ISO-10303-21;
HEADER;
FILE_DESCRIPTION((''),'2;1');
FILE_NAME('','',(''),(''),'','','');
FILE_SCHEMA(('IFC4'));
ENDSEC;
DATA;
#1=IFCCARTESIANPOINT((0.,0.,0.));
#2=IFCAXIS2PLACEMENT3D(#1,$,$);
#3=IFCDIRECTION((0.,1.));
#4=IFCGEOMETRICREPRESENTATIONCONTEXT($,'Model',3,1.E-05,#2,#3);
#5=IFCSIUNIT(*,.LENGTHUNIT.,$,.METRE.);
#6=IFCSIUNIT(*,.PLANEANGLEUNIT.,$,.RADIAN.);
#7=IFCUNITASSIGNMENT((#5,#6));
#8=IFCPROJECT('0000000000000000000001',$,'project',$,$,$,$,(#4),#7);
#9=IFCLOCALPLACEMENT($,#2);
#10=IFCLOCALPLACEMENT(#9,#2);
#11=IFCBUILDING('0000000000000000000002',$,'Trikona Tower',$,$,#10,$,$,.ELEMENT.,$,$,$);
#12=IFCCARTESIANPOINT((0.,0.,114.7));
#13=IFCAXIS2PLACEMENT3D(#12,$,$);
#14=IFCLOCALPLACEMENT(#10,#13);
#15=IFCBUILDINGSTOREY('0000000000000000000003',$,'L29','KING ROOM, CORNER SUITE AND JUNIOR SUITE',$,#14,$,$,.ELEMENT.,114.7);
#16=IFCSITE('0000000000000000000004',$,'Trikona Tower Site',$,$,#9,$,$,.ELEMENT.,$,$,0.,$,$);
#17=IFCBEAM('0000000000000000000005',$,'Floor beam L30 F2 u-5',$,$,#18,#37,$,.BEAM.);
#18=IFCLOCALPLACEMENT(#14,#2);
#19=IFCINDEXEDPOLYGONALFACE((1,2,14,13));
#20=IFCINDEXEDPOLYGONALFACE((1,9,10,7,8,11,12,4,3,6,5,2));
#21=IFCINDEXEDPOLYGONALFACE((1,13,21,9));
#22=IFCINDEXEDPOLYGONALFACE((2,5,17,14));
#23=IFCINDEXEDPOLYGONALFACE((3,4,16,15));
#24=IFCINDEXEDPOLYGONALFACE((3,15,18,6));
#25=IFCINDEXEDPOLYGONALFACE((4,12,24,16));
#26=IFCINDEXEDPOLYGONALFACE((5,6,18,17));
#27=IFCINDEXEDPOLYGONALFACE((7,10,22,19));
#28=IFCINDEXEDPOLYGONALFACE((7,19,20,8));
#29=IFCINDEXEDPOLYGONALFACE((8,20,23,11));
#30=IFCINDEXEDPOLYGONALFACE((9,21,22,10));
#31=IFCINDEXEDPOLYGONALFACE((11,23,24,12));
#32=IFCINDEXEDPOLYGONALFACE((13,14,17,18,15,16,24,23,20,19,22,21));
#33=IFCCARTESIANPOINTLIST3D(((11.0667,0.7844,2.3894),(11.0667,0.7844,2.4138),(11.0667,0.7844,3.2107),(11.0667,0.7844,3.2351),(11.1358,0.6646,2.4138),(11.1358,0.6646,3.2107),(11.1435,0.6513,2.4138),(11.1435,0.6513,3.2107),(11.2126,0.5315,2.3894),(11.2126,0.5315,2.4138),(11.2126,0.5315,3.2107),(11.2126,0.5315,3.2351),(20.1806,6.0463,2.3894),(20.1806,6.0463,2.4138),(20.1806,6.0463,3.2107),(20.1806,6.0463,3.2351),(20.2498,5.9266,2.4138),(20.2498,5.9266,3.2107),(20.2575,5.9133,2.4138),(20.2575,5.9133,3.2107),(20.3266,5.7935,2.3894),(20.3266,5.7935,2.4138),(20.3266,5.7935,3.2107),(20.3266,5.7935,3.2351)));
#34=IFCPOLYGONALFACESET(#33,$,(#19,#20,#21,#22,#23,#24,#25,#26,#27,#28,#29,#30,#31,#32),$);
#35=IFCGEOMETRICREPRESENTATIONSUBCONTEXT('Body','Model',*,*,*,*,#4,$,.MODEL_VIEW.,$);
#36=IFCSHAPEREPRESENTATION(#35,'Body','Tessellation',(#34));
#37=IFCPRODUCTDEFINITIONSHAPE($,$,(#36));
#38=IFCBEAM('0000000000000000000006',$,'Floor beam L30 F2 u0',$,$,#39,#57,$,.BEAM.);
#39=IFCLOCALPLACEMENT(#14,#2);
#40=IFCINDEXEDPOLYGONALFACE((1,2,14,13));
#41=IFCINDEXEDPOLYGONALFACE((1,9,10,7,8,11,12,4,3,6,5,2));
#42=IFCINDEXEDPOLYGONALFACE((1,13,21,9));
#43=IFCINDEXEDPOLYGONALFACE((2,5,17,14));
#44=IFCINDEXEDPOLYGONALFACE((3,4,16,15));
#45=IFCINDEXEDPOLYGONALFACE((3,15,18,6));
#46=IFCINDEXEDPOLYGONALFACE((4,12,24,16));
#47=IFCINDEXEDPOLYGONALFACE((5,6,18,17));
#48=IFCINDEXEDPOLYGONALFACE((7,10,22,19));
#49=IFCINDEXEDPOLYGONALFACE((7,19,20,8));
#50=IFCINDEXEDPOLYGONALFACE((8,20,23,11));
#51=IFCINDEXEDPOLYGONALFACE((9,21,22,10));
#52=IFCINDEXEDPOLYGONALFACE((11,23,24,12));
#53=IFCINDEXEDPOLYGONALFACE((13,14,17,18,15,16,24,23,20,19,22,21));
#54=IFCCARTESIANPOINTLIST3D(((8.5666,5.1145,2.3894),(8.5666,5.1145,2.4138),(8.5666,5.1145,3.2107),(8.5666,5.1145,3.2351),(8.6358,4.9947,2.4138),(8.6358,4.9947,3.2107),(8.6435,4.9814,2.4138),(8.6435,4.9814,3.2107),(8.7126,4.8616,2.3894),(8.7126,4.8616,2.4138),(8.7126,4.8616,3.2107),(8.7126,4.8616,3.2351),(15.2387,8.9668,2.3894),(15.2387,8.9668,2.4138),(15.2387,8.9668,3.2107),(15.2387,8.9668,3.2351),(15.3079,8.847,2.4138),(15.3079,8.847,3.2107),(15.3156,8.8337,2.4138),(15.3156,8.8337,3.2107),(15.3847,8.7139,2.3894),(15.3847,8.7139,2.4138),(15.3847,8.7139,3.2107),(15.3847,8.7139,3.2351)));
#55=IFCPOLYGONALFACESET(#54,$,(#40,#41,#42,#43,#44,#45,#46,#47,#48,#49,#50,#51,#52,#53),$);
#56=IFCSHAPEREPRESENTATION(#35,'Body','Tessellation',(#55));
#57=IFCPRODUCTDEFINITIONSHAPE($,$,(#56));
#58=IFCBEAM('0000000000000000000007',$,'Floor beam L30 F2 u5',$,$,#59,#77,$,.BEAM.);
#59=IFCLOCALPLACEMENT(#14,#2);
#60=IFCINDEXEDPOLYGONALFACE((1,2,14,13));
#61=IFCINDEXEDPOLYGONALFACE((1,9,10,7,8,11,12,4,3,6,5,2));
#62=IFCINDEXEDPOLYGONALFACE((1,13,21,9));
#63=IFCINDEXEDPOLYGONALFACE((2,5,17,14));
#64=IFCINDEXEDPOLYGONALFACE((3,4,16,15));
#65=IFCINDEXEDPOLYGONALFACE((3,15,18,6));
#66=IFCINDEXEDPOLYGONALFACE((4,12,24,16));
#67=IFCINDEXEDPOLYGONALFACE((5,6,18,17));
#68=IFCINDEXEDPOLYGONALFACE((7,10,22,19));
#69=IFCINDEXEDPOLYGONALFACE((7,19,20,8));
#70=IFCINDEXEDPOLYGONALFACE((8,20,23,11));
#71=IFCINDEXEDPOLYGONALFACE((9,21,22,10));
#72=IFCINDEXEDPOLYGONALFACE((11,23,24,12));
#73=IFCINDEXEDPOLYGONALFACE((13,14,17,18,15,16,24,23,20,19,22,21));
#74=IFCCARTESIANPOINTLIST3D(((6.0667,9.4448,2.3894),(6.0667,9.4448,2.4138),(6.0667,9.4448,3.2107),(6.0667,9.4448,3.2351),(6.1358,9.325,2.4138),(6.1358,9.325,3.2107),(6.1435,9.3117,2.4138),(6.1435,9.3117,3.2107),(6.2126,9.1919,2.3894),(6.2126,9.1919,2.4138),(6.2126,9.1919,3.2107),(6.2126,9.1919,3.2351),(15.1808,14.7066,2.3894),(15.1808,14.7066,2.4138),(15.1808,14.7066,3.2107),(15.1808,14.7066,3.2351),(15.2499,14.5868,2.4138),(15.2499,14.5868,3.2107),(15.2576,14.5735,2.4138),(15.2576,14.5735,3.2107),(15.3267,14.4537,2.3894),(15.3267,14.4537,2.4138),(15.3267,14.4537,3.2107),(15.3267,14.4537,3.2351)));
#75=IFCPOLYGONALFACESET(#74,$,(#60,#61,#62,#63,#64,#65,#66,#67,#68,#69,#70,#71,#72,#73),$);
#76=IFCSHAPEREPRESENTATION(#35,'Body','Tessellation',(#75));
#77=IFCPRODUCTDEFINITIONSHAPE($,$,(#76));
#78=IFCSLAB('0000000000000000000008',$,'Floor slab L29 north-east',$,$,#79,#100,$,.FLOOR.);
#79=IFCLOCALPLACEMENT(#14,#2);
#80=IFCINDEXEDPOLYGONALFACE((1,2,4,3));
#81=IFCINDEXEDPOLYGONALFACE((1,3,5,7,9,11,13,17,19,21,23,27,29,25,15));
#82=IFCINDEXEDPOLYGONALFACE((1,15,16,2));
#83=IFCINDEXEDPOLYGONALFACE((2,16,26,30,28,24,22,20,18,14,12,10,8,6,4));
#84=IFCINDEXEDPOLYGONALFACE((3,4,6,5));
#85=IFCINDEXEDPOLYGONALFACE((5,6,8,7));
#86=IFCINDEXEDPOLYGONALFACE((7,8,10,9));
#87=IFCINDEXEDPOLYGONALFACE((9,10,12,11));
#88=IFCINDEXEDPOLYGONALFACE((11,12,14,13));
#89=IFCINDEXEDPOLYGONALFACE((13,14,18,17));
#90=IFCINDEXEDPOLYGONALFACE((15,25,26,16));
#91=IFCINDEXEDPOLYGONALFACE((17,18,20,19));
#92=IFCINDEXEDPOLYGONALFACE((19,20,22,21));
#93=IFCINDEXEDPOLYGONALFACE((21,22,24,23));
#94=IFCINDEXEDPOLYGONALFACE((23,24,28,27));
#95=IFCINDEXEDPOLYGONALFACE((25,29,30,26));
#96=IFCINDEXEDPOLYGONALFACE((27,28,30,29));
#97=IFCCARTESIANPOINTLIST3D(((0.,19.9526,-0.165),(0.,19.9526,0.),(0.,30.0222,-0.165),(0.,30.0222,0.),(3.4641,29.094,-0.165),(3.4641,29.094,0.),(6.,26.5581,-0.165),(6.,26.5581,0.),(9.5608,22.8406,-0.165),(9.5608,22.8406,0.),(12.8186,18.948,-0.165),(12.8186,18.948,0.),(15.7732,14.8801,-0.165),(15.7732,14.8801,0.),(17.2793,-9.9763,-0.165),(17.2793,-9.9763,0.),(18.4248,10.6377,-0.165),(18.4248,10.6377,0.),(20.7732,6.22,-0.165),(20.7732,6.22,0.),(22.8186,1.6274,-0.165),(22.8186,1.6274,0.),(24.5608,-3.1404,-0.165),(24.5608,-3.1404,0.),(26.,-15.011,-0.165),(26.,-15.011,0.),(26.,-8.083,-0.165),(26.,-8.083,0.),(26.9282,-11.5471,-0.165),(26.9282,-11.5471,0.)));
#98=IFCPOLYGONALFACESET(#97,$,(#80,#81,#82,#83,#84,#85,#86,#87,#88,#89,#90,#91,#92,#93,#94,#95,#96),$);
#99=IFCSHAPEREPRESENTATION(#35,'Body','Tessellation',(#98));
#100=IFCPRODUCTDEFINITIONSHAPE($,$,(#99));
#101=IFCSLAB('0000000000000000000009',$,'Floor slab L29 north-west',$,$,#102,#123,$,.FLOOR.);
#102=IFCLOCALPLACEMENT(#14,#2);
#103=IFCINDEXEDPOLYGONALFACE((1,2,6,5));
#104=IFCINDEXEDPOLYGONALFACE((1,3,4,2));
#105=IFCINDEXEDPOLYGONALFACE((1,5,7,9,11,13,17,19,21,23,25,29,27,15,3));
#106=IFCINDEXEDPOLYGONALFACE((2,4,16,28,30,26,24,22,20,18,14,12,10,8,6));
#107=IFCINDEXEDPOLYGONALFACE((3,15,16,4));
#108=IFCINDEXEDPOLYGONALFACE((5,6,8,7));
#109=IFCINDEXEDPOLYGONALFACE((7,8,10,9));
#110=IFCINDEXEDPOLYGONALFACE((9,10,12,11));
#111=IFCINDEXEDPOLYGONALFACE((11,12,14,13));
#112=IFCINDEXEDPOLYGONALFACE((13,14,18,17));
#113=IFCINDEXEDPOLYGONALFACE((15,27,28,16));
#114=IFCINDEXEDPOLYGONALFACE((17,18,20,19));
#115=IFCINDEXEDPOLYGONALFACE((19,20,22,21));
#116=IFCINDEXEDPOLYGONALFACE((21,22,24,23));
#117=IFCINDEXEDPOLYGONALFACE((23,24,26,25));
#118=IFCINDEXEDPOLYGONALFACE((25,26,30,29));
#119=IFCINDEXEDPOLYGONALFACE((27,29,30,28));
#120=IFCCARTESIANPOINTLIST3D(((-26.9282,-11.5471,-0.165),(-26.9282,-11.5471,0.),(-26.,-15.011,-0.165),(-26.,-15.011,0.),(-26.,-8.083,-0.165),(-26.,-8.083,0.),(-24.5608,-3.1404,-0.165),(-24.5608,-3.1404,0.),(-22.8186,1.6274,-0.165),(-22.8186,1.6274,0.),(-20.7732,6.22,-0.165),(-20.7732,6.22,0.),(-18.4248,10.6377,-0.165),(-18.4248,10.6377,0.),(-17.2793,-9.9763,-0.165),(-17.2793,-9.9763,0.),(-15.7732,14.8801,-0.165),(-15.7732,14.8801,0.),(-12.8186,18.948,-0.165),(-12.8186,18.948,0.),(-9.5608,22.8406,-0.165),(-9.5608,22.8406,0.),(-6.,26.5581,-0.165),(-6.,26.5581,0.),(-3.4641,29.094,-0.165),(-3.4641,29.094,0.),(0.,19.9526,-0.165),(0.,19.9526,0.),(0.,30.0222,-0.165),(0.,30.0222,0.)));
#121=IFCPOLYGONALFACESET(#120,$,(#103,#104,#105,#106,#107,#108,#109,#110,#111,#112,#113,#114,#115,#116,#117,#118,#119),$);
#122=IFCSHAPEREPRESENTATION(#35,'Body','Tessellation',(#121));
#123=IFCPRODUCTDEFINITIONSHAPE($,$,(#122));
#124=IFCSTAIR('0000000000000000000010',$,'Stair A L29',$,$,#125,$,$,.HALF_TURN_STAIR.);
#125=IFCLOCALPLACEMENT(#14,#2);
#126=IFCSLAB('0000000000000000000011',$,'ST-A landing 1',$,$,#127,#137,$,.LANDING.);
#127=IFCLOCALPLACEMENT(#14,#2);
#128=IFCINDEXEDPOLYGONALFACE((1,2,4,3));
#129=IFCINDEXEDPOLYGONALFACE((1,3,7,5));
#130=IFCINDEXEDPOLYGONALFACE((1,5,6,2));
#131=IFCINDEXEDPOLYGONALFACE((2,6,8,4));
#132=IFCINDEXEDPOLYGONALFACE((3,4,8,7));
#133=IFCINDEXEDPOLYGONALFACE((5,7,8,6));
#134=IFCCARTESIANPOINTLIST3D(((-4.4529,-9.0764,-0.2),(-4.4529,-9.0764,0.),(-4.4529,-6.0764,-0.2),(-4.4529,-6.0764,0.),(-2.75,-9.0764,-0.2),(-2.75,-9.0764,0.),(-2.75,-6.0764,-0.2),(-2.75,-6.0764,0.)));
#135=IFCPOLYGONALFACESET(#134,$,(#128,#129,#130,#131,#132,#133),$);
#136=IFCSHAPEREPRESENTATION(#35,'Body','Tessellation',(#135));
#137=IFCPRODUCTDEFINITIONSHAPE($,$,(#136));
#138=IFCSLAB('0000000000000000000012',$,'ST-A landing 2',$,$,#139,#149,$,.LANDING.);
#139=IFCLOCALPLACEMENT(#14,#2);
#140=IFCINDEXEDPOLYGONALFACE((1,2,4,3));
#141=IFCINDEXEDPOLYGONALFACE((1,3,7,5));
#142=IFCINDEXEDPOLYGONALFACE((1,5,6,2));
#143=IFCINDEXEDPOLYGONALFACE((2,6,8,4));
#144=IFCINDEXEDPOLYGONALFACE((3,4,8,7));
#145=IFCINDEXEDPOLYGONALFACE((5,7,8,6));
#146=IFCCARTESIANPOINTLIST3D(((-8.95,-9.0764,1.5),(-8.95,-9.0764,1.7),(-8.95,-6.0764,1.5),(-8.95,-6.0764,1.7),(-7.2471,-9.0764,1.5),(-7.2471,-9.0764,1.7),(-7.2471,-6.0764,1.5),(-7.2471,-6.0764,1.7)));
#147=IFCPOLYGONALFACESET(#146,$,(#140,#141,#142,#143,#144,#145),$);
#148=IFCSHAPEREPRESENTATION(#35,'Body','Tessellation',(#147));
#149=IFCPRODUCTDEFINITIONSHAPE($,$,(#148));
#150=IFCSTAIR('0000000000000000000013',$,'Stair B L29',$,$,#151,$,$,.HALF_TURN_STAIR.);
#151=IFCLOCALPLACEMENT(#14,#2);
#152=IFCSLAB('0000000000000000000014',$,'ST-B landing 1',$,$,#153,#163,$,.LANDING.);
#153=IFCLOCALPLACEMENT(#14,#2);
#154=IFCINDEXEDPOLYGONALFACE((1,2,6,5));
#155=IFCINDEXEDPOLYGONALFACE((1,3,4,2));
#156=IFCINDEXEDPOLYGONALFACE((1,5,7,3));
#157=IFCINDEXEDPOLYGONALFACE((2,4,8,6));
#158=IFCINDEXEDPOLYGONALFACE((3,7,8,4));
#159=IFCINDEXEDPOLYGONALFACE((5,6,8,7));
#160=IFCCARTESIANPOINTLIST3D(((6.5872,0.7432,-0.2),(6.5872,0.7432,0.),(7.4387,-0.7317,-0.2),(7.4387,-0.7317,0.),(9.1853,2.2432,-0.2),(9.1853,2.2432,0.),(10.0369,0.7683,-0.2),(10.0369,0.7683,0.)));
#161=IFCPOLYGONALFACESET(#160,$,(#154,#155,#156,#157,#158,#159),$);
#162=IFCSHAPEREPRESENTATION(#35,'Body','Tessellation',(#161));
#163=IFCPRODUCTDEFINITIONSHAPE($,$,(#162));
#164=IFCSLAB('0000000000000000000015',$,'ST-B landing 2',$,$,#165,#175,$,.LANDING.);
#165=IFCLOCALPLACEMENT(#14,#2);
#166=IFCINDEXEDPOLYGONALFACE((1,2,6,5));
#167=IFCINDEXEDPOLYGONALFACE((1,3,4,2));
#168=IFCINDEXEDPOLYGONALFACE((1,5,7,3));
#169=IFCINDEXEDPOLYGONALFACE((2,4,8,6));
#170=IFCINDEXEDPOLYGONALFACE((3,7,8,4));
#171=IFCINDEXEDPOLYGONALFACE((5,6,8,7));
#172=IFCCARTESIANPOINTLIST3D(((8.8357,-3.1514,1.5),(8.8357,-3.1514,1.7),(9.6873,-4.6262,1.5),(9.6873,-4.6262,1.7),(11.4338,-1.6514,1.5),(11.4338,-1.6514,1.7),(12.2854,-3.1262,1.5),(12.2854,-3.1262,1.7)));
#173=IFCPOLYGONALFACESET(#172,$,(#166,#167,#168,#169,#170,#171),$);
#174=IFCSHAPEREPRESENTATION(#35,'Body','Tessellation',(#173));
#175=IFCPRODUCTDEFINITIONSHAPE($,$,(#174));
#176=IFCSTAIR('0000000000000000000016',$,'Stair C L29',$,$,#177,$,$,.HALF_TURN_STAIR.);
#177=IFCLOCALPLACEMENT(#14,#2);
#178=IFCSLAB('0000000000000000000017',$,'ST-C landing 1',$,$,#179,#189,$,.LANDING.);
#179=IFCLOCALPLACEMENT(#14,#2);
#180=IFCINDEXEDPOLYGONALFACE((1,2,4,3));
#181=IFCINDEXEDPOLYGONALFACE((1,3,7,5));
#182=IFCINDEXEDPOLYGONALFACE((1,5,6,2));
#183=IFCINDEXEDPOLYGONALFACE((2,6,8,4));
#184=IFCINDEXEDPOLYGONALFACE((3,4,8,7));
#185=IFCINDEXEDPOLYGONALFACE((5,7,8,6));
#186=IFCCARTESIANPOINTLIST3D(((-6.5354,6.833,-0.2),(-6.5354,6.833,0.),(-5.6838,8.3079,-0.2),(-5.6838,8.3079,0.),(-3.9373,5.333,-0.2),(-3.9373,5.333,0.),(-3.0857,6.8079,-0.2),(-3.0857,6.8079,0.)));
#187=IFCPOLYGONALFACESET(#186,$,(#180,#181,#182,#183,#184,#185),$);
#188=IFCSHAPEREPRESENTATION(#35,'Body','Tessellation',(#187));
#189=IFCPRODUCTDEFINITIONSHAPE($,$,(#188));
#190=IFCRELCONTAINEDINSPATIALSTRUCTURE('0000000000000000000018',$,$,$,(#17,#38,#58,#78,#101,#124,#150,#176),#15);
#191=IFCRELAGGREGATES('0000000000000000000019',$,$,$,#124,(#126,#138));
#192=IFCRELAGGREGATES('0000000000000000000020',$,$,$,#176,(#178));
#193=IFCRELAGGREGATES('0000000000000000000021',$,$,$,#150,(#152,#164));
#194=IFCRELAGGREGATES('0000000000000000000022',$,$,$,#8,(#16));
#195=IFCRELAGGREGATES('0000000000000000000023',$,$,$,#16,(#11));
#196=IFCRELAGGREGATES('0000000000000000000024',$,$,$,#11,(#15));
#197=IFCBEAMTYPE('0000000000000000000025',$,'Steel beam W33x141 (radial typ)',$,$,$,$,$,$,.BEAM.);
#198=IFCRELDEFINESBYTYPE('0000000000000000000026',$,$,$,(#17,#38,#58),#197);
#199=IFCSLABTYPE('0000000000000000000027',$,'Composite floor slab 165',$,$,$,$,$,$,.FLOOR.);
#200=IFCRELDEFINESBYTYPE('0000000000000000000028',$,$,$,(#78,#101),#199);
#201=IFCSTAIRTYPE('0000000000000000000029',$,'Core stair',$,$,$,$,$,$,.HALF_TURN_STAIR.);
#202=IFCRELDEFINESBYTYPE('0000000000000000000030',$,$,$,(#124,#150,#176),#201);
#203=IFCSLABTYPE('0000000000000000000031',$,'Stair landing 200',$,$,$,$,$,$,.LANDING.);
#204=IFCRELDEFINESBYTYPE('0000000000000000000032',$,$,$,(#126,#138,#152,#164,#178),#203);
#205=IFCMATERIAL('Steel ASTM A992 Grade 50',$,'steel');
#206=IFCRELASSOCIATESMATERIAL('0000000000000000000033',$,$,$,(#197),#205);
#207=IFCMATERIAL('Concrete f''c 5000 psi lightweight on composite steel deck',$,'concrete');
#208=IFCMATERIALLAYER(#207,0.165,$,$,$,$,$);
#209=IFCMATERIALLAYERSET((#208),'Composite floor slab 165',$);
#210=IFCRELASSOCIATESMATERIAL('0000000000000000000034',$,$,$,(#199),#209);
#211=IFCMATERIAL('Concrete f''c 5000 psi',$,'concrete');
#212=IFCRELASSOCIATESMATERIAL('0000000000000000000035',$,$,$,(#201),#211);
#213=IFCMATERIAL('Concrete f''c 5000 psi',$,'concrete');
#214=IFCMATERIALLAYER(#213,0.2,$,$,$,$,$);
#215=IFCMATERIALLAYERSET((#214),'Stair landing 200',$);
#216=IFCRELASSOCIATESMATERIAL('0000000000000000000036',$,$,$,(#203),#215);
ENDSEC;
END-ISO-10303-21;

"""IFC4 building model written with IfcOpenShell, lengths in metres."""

from ifc_helpers import new_model, si_unit, direction, frame, origin, origin_2d, place, context, subcontext, project, spatial, polyline, i_section, outline, extrude, material, layer, layer_set, material_profile, profile_set, type_object, element, aggregate, save


model = new_model("IFC4")

# Units and contexts
model_context = context("Model", 3, precision=1e-05, world=origin(), true_north=direction((0.0, 1.0)))
body_context = subcontext(model_context, "Body", "Model", "MODEL_VIEW")
ifc_project = project(units=[si_unit("LENGTHUNIT", "METRE"), si_unit("PLANEANGLEUNIT", "RADIAN")], contexts=[model_context])

# Site, building, storey
site_placement = place(None, origin())
site = spatial("IfcSite", under=ifc_project, at=site_placement, Name="Trikona Tower Site", CompositionType="ELEMENT", RefElevation=0.0)
building_placement = place(site_placement, origin())
building = spatial("IfcBuilding", under=site, at=building_placement, Name="Trikona Tower", CompositionType="ELEMENT")
storey_placement = place(building_placement, frame((0.0, 0.0, 114.7)))
storey = spatial("IfcBuildingStorey", under=building, at=storey_placement, Name="L29", Description="KING ROOM, CORNER SUITE AND JUNIOR SUITE", CompositionType="ELEMENT", Elevation=114.7)

# Beams
ifc_material_1 = material(Name="Steel ASTM A992 Grade 50", Category="steel")
ifc_material_profile = material_profile(ifc_material_1, i_section(OverallWidth=0.292, OverallDepth=0.8457, WebThickness=0.0154, FlangeThickness=0.0244, at=origin_2d()), Name="W33X141")
ifc_profile_set = profile_set([ifc_material_profile], Name="Steel ASTM A992 Grade 50")
beam_type = type_object("IfcBeamType", Name="Steel beam W33x141 (radial typ)", PredefinedType="BEAM", material=ifc_profile_set)
beam_1_placement = place(storey_placement, frame((11.1396, 0.658, 2.8123), z_axis=(0.866026, 0.499999, 0.0), x_axis=(-0.499999, 0.866026, 0.0)))
element("IfcBeam", 1, at=beam_1_placement, inside=storey, type_object=beam_type, Name="Floor beam L30 F2 u-5", PredefinedType="BEAM", context=body_context, shape_type="SweptSolid", body=[
    extrude(i_section(OverallWidth=0.292, OverallDepth=0.8457, WebThickness=0.0154, FlangeThickness=0.0244, at=origin_2d()), origin(), (0.0, 0.0, 1.0), 10.5239),
])
beam_2_placement = place(storey_placement, frame((8.6396, 4.988, 2.8123), z_axis=(0.866017, 0.500014, 0.0), x_axis=(-0.500014, 0.866017, 0.0)))
element("IfcBeam", 2, at=beam_2_placement, inside=storey, type_object=beam_type, Name="Floor beam L30 F2 u0", PredefinedType="BEAM", context=body_context, shape_type="SweptSolid", body=[
    extrude(i_section(OverallWidth=0.292, OverallDepth=0.8457, WebThickness=0.0154, FlangeThickness=0.0244, at=origin_2d()), origin(), (0.0, 0.0, 1.0), 7.7043),
])
beam_3_placement = place(storey_placement, frame((6.1396, 9.3184, 2.8123), z_axis=(0.866036, 0.499982, 0.0), x_axis=(-0.499982, 0.866036, 0.0)))
element("IfcBeam", 3, at=beam_3_placement, inside=storey, type_object=beam_type, Name="Floor beam L30 F2 u5", PredefinedType="BEAM", context=body_context, shape_type="SweptSolid", body=[
    extrude(i_section(OverallWidth=0.292, OverallDepth=0.8457, WebThickness=0.0154, FlangeThickness=0.0244, at=origin_2d()), origin(), (0.0, 0.0, 1.0), 10.5239),
])

# Slabs
ifc_material_2 = material(Name="Concrete f'c 5000 psi lightweight on composite steel deck", Category="concrete")
ifc_layer_1 = layer(ifc_material_2, 0.165)
ifc_layer_set_1 = layer_set([ifc_layer_1], Name="Composite floor slab 165")
slab_type_1 = type_object("IfcSlabType", Name="Composite floor slab 165", PredefinedType="FLOOR", material=ifc_layer_set_1)
slab_1_placement = place(storey_placement, frame((0.0, 0.0, -0.165)))
element("IfcSlab", 4, at=slab_1_placement, inside=storey, type_object=slab_type_1, Name="Floor slab L29 north-east", PredefinedType="FLOOR", context=body_context, shape_type="SweptSolid", body=[
    extrude(outline(polyline([(3.4641, 29.094), (0.0, 30.0222), (0.0, 19.9526), (17.2793, -9.9763), (26.0, -15.011), (26.9282, -11.5471), (26.0, -8.083), (24.5608, -3.1404), (22.8186, 1.6274), (20.7732, 6.22), (18.4248, 10.6377), (15.7732, 14.8801), (12.8186, 18.948), (9.5608, 22.8406), (6.0, 26.5581), (3.4641, 29.094)])), origin(), (0.0, 0.0, 1.0), 0.165),
])
slab_2_placement = place(storey_placement, frame((0.0, 0.0, -0.165)))
element("IfcSlab", 5, at=slab_2_placement, inside=storey, type_object=slab_type_1, Name="Floor slab L29 north-west", PredefinedType="FLOOR", context=body_context, shape_type="SweptSolid", body=[
    extrude(outline(polyline([(0.0, 19.9526), (0.0, 30.0222), (-3.4641, 29.094), (-6.0, 26.5581), (-9.5608, 22.8406), (-12.8186, 18.948), (-15.7732, 14.8801), (-18.4248, 10.6377), (-20.7732, 6.22), (-22.8186, 1.6274), (-24.5608, -3.1404), (-26.0, -8.083), (-26.9282, -11.5471), (-26.0, -15.011), (-17.2793, -9.9763), (0.0, 19.9526)])), origin(), (0.0, 0.0, 1.0), 0.165),
])

# Stairs, slabs
ifc_material_3 = material(Name="Concrete f'c 5000 psi", Category="concrete")
stair_type = type_object("IfcStairType", Name="Core stair", PredefinedType="HALF_TURN_STAIR", material=ifc_material_3)
stair_1_placement = place(storey_placement, origin())
stair_1 = element("IfcStair", 6, at=stair_1_placement, inside=storey, type_object=stair_type, Name="Stair A L29", PredefinedType="HALF_TURN_STAIR")
ifc_material_4 = material(Name="Concrete f'c 5000 psi", Category="concrete")
ifc_layer_2 = layer(ifc_material_4, 0.2)
ifc_layer_set_2 = layer_set([ifc_layer_2], Name="Stair landing 200")
slab_type_2 = type_object("IfcSlabType", Name="Stair landing 200", PredefinedType="LANDING", material=ifc_layer_set_2)
slab_3_placement = place(storey_placement, frame((0.0, 0.0, -0.2)))
slab_3 = element("IfcSlab", 7, at=slab_3_placement, type_object=slab_type_2, Name="ST-A landing 1", PredefinedType="LANDING", context=body_context, shape_type="SweptSolid", body=[
    extrude(outline(polyline([(-4.4529, -6.0764), (-2.75, -6.0764), (-2.75, -9.0764), (-4.4529, -9.0764), (-4.4529, -6.0764)])), origin(), (0.0, 0.0, 1.0), 0.2),
])
slab_4_placement = place(storey_placement, frame((0.0, 0.0, 1.5)))
slab_4 = element("IfcSlab", 8, at=slab_4_placement, type_object=slab_type_2, Name="ST-A landing 2", PredefinedType="LANDING", context=body_context, shape_type="SweptSolid", body=[
    extrude(outline(polyline([(-8.95, -6.0764), (-7.2471, -6.0764), (-7.2471, -9.0764), (-8.95, -9.0764), (-8.95, -6.0764)])), origin(), (0.0, 0.0, 1.0), 0.2),
])
aggregate(stair_1, [slab_3, slab_4])
stair_2_placement = place(storey_placement, origin())
stair_2 = element("IfcStair", 9, at=stair_2_placement, inside=storey, type_object=stair_type, Name="Stair B L29", PredefinedType="HALF_TURN_STAIR")
slab_5_placement = place(storey_placement, frame((0.0, 0.0, -0.2)))
slab_5 = element("IfcSlab", 10, at=slab_5_placement, type_object=slab_type_2, Name="ST-B landing 1", PredefinedType="LANDING", context=body_context, shape_type="SweptSolid", body=[
    extrude(outline(polyline([(7.4387, -0.7317), (6.5872, 0.7432), (9.1853, 2.2432), (10.0369, 0.7683), (7.4387, -0.7317)])), origin(), (0.0, 0.0, 1.0), 0.2),
])
slab_6_placement = place(storey_placement, frame((0.0, 0.0, 1.5)))
slab_6 = element("IfcSlab", 11, at=slab_6_placement, type_object=slab_type_2, Name="ST-B landing 2", PredefinedType="LANDING", context=body_context, shape_type="SweptSolid", body=[
    extrude(outline(polyline([(9.6873, -4.6262), (8.8357, -3.1514), (11.4338, -1.6514), (12.2854, -3.1262), (9.6873, -4.6262)])), origin(), (0.0, 0.0, 1.0), 0.2),
])
stair_3_placement = place(storey_placement, origin())
stair_3 = element("IfcStair", 12, at=stair_3_placement, inside=storey, type_object=stair_type, Name="Stair C L29", PredefinedType="HALF_TURN_STAIR")
slab_7_placement = place(storey_placement, frame((0.0, 0.0, -0.2)))
slab_7 = element("IfcSlab", 13, at=slab_7_placement, type_object=slab_type_2, Name="ST-C landing 1", PredefinedType="LANDING", context=body_context, shape_type="SweptSolid", body=[
    extrude(outline(polyline([(-3.0857, 6.8079), (-3.9373, 5.333), (-6.5354, 6.833), (-5.6838, 8.3079), (-3.0857, 6.8079)])), origin(), (0.0, 0.0, 1.0), 0.2),
])
aggregate(stair_3, [slab_7])

aggregate(stair_2, [slab_5, slab_6])

save(model, "model.ifc")
